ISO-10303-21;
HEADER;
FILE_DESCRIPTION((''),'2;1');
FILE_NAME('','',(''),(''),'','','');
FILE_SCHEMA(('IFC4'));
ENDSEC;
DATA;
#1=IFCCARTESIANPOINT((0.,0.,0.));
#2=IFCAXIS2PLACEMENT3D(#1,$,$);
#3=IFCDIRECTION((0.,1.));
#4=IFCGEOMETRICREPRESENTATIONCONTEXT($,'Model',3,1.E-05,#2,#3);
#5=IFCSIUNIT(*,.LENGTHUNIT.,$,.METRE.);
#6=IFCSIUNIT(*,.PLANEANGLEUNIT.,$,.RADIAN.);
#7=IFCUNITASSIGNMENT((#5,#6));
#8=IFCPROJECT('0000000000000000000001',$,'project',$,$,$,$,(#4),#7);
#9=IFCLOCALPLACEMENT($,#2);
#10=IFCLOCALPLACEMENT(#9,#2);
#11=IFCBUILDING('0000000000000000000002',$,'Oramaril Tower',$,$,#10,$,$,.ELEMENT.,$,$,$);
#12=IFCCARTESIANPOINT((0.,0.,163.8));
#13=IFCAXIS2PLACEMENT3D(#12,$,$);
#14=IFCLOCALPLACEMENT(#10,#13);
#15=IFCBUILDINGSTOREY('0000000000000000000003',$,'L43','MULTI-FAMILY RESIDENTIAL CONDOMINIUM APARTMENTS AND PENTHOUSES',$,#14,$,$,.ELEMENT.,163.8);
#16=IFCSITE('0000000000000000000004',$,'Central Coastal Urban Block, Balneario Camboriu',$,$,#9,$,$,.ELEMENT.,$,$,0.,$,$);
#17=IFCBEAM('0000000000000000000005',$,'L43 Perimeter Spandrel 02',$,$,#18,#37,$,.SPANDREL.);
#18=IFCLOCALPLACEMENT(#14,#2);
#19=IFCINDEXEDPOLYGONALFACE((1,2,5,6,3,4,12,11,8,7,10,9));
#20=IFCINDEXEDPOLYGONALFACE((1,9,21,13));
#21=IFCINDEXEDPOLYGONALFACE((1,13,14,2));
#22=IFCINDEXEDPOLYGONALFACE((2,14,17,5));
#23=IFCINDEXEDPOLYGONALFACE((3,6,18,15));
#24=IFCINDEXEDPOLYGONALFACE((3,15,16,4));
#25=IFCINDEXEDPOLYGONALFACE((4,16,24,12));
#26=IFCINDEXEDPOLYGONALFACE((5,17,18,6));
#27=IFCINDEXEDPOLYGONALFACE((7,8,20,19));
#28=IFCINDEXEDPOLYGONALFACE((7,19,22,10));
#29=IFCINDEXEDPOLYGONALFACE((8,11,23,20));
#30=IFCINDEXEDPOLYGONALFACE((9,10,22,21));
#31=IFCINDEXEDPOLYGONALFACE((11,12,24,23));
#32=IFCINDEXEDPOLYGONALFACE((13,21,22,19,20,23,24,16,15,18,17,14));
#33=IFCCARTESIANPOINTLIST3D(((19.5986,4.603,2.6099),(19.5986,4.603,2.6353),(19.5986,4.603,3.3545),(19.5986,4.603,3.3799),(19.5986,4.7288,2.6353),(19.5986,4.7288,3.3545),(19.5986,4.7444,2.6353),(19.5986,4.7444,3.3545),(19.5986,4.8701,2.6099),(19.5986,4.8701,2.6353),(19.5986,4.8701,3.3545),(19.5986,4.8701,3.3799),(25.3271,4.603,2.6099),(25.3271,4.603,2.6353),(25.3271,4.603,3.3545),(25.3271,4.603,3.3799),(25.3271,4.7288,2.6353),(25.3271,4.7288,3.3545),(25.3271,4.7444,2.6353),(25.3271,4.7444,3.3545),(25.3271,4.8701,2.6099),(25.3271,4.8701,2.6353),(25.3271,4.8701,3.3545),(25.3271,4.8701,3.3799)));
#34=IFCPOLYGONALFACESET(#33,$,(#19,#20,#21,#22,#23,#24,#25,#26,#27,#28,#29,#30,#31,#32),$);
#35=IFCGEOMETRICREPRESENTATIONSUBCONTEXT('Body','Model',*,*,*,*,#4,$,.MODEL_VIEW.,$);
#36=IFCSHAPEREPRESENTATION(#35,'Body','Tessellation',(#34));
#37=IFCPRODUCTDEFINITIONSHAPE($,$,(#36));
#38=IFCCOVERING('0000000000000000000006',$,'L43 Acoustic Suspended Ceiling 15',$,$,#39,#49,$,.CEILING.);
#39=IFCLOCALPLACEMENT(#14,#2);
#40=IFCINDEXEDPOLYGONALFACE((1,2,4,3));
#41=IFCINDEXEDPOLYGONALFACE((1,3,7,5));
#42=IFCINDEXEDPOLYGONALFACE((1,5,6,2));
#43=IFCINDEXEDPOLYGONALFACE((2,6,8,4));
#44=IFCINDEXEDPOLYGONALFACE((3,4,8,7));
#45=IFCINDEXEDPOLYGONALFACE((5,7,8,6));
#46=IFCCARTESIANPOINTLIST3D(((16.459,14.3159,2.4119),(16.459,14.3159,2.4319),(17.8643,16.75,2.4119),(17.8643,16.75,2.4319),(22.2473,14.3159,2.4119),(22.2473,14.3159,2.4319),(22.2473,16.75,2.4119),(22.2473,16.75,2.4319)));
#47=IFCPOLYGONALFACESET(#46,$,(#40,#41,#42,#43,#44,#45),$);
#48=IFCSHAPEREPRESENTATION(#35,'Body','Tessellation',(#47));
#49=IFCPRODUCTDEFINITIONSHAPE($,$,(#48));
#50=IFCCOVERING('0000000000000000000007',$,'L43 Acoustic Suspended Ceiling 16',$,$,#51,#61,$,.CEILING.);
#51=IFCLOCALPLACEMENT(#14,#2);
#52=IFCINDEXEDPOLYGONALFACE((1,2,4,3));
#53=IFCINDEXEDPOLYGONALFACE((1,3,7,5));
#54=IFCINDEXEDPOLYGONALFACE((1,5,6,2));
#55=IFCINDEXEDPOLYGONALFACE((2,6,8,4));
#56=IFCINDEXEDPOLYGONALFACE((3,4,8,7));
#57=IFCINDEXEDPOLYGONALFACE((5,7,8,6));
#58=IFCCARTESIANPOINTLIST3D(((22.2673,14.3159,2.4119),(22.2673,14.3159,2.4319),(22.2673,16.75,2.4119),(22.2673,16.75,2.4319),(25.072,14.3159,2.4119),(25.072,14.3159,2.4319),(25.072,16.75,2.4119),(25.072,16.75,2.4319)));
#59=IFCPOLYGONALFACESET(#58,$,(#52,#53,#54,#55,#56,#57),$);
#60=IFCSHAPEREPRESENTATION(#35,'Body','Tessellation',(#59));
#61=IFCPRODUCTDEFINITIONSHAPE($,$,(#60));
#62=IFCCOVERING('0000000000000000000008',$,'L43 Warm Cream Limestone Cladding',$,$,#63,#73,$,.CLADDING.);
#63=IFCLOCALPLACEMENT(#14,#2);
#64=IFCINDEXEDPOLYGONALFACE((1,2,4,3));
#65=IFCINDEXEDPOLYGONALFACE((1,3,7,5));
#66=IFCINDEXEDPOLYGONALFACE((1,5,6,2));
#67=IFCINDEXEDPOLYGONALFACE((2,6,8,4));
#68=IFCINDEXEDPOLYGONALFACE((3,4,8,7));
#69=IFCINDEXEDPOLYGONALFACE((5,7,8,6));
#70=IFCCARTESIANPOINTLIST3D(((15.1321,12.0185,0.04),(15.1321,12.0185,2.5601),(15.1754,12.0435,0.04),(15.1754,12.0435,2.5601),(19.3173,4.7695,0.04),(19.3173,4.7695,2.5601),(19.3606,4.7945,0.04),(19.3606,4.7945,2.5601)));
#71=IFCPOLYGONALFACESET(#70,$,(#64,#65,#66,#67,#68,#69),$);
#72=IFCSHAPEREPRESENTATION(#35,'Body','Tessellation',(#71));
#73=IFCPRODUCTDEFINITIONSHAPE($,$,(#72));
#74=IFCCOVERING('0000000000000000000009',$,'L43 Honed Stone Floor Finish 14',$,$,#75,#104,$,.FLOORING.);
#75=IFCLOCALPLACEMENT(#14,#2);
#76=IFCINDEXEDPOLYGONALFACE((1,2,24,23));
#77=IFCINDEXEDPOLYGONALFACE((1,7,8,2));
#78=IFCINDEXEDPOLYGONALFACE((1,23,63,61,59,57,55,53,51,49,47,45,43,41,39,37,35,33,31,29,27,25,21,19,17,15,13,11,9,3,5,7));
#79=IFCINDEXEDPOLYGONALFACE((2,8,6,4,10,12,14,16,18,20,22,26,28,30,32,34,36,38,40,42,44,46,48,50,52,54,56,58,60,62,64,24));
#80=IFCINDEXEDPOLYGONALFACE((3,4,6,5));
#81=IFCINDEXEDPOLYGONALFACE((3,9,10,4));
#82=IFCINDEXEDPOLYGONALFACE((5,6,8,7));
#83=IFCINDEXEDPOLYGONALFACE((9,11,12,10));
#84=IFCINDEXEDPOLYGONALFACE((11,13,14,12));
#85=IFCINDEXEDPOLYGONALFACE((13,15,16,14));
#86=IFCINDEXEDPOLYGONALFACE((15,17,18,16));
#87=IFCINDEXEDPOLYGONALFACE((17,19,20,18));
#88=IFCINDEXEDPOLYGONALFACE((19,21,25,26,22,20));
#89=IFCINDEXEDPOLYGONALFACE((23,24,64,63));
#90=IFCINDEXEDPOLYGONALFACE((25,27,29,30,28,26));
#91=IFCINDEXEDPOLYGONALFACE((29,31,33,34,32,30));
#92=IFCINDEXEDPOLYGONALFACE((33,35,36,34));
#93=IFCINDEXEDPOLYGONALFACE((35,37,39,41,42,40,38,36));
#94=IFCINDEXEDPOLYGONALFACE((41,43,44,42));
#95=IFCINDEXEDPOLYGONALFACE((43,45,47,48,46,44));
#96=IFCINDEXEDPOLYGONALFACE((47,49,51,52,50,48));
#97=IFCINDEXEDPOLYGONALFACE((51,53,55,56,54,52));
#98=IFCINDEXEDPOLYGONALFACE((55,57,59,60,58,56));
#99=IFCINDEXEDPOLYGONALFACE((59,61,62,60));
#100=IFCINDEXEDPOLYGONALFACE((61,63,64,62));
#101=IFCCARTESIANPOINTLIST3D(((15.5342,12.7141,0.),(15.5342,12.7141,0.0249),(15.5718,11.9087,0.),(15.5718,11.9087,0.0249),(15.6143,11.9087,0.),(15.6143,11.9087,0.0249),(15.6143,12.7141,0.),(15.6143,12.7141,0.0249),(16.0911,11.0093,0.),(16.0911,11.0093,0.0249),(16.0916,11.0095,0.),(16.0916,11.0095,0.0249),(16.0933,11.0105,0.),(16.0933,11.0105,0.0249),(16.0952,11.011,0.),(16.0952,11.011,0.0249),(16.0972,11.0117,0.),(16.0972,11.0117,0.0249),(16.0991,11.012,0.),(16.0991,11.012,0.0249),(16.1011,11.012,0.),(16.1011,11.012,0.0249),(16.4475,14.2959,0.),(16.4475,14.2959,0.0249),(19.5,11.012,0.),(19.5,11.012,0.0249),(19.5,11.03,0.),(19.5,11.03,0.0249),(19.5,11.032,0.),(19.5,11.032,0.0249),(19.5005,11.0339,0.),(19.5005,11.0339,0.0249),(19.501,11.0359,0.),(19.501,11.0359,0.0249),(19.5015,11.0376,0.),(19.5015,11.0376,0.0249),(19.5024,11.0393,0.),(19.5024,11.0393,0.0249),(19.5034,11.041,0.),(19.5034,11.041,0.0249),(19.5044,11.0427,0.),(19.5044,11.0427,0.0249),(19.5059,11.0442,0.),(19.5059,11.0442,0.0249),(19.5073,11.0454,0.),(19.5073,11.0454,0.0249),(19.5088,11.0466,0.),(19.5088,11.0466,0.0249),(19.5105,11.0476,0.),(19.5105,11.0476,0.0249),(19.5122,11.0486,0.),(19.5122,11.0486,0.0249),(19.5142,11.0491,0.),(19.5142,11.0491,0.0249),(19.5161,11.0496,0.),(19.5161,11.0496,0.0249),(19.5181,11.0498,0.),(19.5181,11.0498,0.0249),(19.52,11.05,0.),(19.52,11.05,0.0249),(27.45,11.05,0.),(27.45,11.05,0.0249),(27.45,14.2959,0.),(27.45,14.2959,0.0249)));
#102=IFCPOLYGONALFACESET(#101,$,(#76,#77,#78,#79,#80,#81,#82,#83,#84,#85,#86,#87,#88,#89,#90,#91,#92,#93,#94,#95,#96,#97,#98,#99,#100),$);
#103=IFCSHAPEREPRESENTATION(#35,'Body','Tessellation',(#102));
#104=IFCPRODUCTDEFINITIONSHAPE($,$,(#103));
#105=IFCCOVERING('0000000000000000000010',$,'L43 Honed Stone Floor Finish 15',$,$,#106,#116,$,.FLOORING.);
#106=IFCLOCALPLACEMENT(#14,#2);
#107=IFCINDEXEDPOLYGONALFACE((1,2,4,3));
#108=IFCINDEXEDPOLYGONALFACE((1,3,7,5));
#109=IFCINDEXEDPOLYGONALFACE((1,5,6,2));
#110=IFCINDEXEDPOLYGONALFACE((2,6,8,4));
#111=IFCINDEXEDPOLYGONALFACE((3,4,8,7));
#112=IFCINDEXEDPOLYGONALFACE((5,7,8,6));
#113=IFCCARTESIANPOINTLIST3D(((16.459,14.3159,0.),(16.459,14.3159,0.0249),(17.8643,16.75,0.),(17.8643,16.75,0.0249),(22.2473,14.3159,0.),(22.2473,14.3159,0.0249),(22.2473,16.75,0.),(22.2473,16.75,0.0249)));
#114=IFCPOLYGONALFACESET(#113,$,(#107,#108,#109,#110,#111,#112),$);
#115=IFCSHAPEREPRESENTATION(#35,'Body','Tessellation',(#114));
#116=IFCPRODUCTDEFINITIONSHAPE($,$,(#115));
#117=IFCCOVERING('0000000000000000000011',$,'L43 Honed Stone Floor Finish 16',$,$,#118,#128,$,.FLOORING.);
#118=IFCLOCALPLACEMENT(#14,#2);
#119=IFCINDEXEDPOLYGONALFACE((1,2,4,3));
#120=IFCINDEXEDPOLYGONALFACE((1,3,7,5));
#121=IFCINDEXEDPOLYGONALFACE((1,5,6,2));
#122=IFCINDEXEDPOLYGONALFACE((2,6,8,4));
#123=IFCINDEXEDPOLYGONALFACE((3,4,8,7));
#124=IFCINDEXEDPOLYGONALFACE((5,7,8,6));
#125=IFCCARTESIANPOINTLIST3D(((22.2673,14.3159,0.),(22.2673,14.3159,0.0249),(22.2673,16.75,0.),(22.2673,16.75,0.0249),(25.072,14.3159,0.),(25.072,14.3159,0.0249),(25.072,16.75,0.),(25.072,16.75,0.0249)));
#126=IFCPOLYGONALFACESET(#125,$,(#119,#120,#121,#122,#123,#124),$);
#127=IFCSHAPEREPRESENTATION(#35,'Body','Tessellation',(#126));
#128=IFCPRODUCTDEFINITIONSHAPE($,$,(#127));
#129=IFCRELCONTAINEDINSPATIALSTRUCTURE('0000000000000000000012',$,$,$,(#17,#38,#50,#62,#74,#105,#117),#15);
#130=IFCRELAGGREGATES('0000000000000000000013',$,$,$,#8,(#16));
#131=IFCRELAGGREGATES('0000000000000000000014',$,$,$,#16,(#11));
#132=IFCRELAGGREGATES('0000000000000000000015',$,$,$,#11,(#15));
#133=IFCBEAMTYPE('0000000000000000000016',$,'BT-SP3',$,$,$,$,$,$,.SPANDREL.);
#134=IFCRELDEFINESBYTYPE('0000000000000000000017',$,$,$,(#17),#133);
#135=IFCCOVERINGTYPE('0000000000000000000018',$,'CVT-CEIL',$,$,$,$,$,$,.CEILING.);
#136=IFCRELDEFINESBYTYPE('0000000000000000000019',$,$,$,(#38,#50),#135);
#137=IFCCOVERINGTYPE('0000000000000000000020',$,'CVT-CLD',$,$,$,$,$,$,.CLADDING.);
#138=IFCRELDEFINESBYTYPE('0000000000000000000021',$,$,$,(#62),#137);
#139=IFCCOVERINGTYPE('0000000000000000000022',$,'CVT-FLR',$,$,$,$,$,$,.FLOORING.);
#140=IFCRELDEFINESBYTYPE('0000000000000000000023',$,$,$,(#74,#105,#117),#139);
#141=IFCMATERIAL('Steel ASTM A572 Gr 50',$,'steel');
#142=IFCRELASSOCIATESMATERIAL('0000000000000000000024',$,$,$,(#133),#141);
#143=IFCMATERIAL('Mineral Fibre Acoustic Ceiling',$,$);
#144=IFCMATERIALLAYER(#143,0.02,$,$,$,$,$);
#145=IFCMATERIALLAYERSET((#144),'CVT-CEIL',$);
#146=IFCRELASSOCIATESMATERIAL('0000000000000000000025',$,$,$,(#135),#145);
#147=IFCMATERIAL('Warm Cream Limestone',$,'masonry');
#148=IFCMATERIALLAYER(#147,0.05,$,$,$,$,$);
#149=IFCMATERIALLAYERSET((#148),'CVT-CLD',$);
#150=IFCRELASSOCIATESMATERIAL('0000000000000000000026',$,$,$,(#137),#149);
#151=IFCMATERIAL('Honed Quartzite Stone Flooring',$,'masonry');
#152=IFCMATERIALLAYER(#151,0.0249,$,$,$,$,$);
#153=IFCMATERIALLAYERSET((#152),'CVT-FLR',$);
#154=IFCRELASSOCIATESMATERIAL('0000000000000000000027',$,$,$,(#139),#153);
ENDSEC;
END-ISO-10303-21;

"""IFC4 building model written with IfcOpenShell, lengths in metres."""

from ifc_helpers import new_model, si_unit, direction, frame, origin, origin_2d, place, context, subcontext, project, spatial, polyline, rectangle, i_section, outline, extrude, material, layer, layer_set, material_profile, profile_set, type_object, element, save


model = new_model("IFC4")

# Units and contexts
model_context = context("Model", 3, precision=1e-05, world=origin(), true_north=direction((0.0, 1.0)))
body_context = subcontext(model_context, "Body", "Model", "MODEL_VIEW")
ifc_project = project(units=[si_unit("LENGTHUNIT", "METRE"), si_unit("PLANEANGLEUNIT", "RADIAN")], contexts=[model_context])

# Site, building, storey
site_placement = place(None, origin())
site = spatial("IfcSite", under=ifc_project, at=site_placement, Name="Central Coastal Urban Block, Balneario Camboriu", CompositionType="ELEMENT", RefElevation=0.0)
building_placement = place(site_placement, origin())
building = spatial("IfcBuilding", under=site, at=building_placement, Name="Oramaril Tower", CompositionType="ELEMENT")
storey_placement = place(building_placement, frame((0.0, 0.0, 163.8)))
storey = spatial("IfcBuildingStorey", under=building, at=storey_placement, Name="L43", Description="MULTI-FAMILY RESIDENTIAL CONDOMINIUM APARTMENTS AND PENTHOUSES", CompositionType="ELEMENT", Elevation=163.8)

# Beam
ifc_material_1 = material(Name="Steel ASTM A572 Gr 50", Category="steel")
ifc_material_profile = material_profile(ifc_material_1, i_section(OverallWidth=0.2671, OverallDepth=0.77, WebThickness=0.0156, FlangeThickness=0.0254, at=origin_2d()), Name="W30X132")
ifc_profile_set = profile_set([ifc_material_profile], Name="Steel ASTM A572 Gr 50")
beam_type = type_object("IfcBeamType", Name="BT-SP3", PredefinedType="SPANDREL", material=ifc_profile_set)
beam_placement = place(storey_placement, frame((19.5986, 4.7366, 2.9949), z_axis=(1.0, 0.0, 0.0), x_axis=(0.0, 1.0, 0.0)))
element("IfcBeam", 1, at=beam_placement, inside=storey, type_object=beam_type, Name="L43 Perimeter Spandrel 02", PredefinedType="SPANDREL", context=body_context, shape_type="SweptSolid", body=[
    extrude(i_section(OverallWidth=0.2671, OverallDepth=0.77, WebThickness=0.0156, FlangeThickness=0.0254, at=origin_2d()), origin(), (0.0, 0.0, 1.0), 5.7285),
])

# Coverings
ifc_material_2 = material(Name="Mineral Fibre Acoustic Ceiling")
ifc_layer_1 = layer(ifc_material_2, 0.02)
ifc_layer_set_1 = layer_set([ifc_layer_1], Name="CVT-CEIL")
covering_type_1 = type_object("IfcCoveringType", Name="CVT-CEIL", PredefinedType="CEILING", material=ifc_layer_set_1)
covering_1_placement = place(storey_placement, frame((0.0, 0.0, 2.4119)))
element("IfcCovering", 2, at=covering_1_placement, inside=storey, type_object=covering_type_1, Name="L43 Acoustic Suspended Ceiling 15", PredefinedType="CEILING", context=body_context, shape_type="SweptSolid", body=[
    extrude(outline(polyline([(17.8643, 16.75), (22.2473, 16.75), (22.2473, 14.3159), (16.459, 14.3159), (17.8643, 16.75)])), origin(), (0.0, 0.0, 1.0), 0.02),
])
covering_2_placement = place(storey_placement, frame((0.0, 0.0, 2.4119)))
element("IfcCovering", 3, at=covering_2_placement, inside=storey, type_object=covering_type_1, Name="L43 Acoustic Suspended Ceiling 16", PredefinedType="CEILING", context=body_context, shape_type="SweptSolid", body=[
    extrude(outline(polyline([(25.072, 14.3159), (22.2673, 14.3159), (22.2673, 16.75), (25.072, 16.75), (25.072, 14.3159)])), origin(), (0.0, 0.0, 1.0), 0.02),
])
ifc_material_3 = material(Name="Warm Cream Limestone", Category="masonry")
ifc_layer_2 = layer(ifc_material_3, 0.05)
ifc_layer_set_2 = layer_set([ifc_layer_2], Name="CVT-CLD")
covering_type_2 = type_object("IfcCoveringType", Name="CVT-CLD", PredefinedType="CLADDING", material=ifc_layer_set_2)
covering_3_placement = place(storey_placement, frame((17.2463, 8.4065, 0.04), z_axis=(0.0, 0.0, 1.0), x_axis=(0.5, -0.866025, 0.0)))
element("IfcCovering", 4, at=covering_3_placement, inside=storey, type_object=covering_type_2, Name="L43 Warm Cream Limestone Cladding", PredefinedType="CLADDING", context=body_context, shape_type="SweptSolid", body=[
    extrude(rectangle(XDim=8.3704, YDim=0.05, at=origin_2d()), origin(), (0.0, 0.0, 1.0), 2.52),
])
ifc_material_4 = material(Name="Honed Quartzite Stone Flooring", Category="masonry")
ifc_layer_3 = layer(ifc_material_4, 0.0249)
ifc_layer_set_3 = layer_set([ifc_layer_3], Name="CVT-FLR")
covering_type_3 = type_object("IfcCoveringType", Name="CVT-FLR", PredefinedType="FLOORING", material=ifc_layer_set_3)
covering_4_placement = place(storey_placement, origin())
element("IfcCovering", 5, at=covering_4_placement, inside=storey, type_object=covering_type_3, Name="L43 Honed Stone Floor Finish 14", PredefinedType="FLOORING", context=body_context, shape_type="SweptSolid", body=[
    extrude(outline(polyline([(15.5718, 11.9087), (15.6143, 11.9087), (15.6143, 12.7141), (15.5342, 12.7141), (16.4475, 14.2959), (27.45, 14.2959), (27.45, 11.05), (19.52, 11.05), (19.5181, 11.0498), (19.5161, 11.0496), (19.5142, 11.0491), (19.5122, 11.0486), (19.5105, 11.0476), (19.5088, 11.0466), (19.5073, 11.0454), (19.5059, 11.0442), (19.5044, 11.0427), (19.5034, 11.041), (19.5024, 11.0393), (19.5015, 11.0376), (19.501, 11.0359), (19.5005, 11.0339), (19.5, 11.032), (19.5, 11.03), (19.5, 11.012), (16.1011, 11.012), (16.0991, 11.012), (16.0972, 11.0117), (16.0952, 11.011), (16.0933, 11.0105), (16.0916, 11.0095), (16.0911, 11.0093), (15.5718, 11.9087)])), origin(), (0.0, 0.0, 1.0), 0.0249),
])
covering_5_placement = place(storey_placement, origin())
element("IfcCovering", 6, at=covering_5_placement, inside=storey, type_object=covering_type_3, Name="L43 Honed Stone Floor Finish 15", PredefinedType="FLOORING", context=body_context, shape_type="SweptSolid", body=[
    extrude(outline(polyline([(17.8643, 16.75), (22.2473, 16.75), (22.2473, 14.3159), (16.459, 14.3159), (17.8643, 16.75)])), origin(), (0.0, 0.0, 1.0), 0.0249),
])
covering_6_placement = place(storey_placement, origin())
element("IfcCovering", 7, at=covering_6_placement, inside=storey, type_object=covering_type_3, Name="L43 Honed Stone Floor Finish 16", PredefinedType="FLOORING", context=body_context, shape_type="SweptSolid", body=[
    extrude(outline(polyline([(25.072, 14.3159), (22.2673, 14.3159), (22.2673, 16.75), (25.072, 16.75), (25.072, 14.3159)])), origin(), (0.0, 0.0, 1.0), 0.0249),
])

save(model, "model.ifc")
